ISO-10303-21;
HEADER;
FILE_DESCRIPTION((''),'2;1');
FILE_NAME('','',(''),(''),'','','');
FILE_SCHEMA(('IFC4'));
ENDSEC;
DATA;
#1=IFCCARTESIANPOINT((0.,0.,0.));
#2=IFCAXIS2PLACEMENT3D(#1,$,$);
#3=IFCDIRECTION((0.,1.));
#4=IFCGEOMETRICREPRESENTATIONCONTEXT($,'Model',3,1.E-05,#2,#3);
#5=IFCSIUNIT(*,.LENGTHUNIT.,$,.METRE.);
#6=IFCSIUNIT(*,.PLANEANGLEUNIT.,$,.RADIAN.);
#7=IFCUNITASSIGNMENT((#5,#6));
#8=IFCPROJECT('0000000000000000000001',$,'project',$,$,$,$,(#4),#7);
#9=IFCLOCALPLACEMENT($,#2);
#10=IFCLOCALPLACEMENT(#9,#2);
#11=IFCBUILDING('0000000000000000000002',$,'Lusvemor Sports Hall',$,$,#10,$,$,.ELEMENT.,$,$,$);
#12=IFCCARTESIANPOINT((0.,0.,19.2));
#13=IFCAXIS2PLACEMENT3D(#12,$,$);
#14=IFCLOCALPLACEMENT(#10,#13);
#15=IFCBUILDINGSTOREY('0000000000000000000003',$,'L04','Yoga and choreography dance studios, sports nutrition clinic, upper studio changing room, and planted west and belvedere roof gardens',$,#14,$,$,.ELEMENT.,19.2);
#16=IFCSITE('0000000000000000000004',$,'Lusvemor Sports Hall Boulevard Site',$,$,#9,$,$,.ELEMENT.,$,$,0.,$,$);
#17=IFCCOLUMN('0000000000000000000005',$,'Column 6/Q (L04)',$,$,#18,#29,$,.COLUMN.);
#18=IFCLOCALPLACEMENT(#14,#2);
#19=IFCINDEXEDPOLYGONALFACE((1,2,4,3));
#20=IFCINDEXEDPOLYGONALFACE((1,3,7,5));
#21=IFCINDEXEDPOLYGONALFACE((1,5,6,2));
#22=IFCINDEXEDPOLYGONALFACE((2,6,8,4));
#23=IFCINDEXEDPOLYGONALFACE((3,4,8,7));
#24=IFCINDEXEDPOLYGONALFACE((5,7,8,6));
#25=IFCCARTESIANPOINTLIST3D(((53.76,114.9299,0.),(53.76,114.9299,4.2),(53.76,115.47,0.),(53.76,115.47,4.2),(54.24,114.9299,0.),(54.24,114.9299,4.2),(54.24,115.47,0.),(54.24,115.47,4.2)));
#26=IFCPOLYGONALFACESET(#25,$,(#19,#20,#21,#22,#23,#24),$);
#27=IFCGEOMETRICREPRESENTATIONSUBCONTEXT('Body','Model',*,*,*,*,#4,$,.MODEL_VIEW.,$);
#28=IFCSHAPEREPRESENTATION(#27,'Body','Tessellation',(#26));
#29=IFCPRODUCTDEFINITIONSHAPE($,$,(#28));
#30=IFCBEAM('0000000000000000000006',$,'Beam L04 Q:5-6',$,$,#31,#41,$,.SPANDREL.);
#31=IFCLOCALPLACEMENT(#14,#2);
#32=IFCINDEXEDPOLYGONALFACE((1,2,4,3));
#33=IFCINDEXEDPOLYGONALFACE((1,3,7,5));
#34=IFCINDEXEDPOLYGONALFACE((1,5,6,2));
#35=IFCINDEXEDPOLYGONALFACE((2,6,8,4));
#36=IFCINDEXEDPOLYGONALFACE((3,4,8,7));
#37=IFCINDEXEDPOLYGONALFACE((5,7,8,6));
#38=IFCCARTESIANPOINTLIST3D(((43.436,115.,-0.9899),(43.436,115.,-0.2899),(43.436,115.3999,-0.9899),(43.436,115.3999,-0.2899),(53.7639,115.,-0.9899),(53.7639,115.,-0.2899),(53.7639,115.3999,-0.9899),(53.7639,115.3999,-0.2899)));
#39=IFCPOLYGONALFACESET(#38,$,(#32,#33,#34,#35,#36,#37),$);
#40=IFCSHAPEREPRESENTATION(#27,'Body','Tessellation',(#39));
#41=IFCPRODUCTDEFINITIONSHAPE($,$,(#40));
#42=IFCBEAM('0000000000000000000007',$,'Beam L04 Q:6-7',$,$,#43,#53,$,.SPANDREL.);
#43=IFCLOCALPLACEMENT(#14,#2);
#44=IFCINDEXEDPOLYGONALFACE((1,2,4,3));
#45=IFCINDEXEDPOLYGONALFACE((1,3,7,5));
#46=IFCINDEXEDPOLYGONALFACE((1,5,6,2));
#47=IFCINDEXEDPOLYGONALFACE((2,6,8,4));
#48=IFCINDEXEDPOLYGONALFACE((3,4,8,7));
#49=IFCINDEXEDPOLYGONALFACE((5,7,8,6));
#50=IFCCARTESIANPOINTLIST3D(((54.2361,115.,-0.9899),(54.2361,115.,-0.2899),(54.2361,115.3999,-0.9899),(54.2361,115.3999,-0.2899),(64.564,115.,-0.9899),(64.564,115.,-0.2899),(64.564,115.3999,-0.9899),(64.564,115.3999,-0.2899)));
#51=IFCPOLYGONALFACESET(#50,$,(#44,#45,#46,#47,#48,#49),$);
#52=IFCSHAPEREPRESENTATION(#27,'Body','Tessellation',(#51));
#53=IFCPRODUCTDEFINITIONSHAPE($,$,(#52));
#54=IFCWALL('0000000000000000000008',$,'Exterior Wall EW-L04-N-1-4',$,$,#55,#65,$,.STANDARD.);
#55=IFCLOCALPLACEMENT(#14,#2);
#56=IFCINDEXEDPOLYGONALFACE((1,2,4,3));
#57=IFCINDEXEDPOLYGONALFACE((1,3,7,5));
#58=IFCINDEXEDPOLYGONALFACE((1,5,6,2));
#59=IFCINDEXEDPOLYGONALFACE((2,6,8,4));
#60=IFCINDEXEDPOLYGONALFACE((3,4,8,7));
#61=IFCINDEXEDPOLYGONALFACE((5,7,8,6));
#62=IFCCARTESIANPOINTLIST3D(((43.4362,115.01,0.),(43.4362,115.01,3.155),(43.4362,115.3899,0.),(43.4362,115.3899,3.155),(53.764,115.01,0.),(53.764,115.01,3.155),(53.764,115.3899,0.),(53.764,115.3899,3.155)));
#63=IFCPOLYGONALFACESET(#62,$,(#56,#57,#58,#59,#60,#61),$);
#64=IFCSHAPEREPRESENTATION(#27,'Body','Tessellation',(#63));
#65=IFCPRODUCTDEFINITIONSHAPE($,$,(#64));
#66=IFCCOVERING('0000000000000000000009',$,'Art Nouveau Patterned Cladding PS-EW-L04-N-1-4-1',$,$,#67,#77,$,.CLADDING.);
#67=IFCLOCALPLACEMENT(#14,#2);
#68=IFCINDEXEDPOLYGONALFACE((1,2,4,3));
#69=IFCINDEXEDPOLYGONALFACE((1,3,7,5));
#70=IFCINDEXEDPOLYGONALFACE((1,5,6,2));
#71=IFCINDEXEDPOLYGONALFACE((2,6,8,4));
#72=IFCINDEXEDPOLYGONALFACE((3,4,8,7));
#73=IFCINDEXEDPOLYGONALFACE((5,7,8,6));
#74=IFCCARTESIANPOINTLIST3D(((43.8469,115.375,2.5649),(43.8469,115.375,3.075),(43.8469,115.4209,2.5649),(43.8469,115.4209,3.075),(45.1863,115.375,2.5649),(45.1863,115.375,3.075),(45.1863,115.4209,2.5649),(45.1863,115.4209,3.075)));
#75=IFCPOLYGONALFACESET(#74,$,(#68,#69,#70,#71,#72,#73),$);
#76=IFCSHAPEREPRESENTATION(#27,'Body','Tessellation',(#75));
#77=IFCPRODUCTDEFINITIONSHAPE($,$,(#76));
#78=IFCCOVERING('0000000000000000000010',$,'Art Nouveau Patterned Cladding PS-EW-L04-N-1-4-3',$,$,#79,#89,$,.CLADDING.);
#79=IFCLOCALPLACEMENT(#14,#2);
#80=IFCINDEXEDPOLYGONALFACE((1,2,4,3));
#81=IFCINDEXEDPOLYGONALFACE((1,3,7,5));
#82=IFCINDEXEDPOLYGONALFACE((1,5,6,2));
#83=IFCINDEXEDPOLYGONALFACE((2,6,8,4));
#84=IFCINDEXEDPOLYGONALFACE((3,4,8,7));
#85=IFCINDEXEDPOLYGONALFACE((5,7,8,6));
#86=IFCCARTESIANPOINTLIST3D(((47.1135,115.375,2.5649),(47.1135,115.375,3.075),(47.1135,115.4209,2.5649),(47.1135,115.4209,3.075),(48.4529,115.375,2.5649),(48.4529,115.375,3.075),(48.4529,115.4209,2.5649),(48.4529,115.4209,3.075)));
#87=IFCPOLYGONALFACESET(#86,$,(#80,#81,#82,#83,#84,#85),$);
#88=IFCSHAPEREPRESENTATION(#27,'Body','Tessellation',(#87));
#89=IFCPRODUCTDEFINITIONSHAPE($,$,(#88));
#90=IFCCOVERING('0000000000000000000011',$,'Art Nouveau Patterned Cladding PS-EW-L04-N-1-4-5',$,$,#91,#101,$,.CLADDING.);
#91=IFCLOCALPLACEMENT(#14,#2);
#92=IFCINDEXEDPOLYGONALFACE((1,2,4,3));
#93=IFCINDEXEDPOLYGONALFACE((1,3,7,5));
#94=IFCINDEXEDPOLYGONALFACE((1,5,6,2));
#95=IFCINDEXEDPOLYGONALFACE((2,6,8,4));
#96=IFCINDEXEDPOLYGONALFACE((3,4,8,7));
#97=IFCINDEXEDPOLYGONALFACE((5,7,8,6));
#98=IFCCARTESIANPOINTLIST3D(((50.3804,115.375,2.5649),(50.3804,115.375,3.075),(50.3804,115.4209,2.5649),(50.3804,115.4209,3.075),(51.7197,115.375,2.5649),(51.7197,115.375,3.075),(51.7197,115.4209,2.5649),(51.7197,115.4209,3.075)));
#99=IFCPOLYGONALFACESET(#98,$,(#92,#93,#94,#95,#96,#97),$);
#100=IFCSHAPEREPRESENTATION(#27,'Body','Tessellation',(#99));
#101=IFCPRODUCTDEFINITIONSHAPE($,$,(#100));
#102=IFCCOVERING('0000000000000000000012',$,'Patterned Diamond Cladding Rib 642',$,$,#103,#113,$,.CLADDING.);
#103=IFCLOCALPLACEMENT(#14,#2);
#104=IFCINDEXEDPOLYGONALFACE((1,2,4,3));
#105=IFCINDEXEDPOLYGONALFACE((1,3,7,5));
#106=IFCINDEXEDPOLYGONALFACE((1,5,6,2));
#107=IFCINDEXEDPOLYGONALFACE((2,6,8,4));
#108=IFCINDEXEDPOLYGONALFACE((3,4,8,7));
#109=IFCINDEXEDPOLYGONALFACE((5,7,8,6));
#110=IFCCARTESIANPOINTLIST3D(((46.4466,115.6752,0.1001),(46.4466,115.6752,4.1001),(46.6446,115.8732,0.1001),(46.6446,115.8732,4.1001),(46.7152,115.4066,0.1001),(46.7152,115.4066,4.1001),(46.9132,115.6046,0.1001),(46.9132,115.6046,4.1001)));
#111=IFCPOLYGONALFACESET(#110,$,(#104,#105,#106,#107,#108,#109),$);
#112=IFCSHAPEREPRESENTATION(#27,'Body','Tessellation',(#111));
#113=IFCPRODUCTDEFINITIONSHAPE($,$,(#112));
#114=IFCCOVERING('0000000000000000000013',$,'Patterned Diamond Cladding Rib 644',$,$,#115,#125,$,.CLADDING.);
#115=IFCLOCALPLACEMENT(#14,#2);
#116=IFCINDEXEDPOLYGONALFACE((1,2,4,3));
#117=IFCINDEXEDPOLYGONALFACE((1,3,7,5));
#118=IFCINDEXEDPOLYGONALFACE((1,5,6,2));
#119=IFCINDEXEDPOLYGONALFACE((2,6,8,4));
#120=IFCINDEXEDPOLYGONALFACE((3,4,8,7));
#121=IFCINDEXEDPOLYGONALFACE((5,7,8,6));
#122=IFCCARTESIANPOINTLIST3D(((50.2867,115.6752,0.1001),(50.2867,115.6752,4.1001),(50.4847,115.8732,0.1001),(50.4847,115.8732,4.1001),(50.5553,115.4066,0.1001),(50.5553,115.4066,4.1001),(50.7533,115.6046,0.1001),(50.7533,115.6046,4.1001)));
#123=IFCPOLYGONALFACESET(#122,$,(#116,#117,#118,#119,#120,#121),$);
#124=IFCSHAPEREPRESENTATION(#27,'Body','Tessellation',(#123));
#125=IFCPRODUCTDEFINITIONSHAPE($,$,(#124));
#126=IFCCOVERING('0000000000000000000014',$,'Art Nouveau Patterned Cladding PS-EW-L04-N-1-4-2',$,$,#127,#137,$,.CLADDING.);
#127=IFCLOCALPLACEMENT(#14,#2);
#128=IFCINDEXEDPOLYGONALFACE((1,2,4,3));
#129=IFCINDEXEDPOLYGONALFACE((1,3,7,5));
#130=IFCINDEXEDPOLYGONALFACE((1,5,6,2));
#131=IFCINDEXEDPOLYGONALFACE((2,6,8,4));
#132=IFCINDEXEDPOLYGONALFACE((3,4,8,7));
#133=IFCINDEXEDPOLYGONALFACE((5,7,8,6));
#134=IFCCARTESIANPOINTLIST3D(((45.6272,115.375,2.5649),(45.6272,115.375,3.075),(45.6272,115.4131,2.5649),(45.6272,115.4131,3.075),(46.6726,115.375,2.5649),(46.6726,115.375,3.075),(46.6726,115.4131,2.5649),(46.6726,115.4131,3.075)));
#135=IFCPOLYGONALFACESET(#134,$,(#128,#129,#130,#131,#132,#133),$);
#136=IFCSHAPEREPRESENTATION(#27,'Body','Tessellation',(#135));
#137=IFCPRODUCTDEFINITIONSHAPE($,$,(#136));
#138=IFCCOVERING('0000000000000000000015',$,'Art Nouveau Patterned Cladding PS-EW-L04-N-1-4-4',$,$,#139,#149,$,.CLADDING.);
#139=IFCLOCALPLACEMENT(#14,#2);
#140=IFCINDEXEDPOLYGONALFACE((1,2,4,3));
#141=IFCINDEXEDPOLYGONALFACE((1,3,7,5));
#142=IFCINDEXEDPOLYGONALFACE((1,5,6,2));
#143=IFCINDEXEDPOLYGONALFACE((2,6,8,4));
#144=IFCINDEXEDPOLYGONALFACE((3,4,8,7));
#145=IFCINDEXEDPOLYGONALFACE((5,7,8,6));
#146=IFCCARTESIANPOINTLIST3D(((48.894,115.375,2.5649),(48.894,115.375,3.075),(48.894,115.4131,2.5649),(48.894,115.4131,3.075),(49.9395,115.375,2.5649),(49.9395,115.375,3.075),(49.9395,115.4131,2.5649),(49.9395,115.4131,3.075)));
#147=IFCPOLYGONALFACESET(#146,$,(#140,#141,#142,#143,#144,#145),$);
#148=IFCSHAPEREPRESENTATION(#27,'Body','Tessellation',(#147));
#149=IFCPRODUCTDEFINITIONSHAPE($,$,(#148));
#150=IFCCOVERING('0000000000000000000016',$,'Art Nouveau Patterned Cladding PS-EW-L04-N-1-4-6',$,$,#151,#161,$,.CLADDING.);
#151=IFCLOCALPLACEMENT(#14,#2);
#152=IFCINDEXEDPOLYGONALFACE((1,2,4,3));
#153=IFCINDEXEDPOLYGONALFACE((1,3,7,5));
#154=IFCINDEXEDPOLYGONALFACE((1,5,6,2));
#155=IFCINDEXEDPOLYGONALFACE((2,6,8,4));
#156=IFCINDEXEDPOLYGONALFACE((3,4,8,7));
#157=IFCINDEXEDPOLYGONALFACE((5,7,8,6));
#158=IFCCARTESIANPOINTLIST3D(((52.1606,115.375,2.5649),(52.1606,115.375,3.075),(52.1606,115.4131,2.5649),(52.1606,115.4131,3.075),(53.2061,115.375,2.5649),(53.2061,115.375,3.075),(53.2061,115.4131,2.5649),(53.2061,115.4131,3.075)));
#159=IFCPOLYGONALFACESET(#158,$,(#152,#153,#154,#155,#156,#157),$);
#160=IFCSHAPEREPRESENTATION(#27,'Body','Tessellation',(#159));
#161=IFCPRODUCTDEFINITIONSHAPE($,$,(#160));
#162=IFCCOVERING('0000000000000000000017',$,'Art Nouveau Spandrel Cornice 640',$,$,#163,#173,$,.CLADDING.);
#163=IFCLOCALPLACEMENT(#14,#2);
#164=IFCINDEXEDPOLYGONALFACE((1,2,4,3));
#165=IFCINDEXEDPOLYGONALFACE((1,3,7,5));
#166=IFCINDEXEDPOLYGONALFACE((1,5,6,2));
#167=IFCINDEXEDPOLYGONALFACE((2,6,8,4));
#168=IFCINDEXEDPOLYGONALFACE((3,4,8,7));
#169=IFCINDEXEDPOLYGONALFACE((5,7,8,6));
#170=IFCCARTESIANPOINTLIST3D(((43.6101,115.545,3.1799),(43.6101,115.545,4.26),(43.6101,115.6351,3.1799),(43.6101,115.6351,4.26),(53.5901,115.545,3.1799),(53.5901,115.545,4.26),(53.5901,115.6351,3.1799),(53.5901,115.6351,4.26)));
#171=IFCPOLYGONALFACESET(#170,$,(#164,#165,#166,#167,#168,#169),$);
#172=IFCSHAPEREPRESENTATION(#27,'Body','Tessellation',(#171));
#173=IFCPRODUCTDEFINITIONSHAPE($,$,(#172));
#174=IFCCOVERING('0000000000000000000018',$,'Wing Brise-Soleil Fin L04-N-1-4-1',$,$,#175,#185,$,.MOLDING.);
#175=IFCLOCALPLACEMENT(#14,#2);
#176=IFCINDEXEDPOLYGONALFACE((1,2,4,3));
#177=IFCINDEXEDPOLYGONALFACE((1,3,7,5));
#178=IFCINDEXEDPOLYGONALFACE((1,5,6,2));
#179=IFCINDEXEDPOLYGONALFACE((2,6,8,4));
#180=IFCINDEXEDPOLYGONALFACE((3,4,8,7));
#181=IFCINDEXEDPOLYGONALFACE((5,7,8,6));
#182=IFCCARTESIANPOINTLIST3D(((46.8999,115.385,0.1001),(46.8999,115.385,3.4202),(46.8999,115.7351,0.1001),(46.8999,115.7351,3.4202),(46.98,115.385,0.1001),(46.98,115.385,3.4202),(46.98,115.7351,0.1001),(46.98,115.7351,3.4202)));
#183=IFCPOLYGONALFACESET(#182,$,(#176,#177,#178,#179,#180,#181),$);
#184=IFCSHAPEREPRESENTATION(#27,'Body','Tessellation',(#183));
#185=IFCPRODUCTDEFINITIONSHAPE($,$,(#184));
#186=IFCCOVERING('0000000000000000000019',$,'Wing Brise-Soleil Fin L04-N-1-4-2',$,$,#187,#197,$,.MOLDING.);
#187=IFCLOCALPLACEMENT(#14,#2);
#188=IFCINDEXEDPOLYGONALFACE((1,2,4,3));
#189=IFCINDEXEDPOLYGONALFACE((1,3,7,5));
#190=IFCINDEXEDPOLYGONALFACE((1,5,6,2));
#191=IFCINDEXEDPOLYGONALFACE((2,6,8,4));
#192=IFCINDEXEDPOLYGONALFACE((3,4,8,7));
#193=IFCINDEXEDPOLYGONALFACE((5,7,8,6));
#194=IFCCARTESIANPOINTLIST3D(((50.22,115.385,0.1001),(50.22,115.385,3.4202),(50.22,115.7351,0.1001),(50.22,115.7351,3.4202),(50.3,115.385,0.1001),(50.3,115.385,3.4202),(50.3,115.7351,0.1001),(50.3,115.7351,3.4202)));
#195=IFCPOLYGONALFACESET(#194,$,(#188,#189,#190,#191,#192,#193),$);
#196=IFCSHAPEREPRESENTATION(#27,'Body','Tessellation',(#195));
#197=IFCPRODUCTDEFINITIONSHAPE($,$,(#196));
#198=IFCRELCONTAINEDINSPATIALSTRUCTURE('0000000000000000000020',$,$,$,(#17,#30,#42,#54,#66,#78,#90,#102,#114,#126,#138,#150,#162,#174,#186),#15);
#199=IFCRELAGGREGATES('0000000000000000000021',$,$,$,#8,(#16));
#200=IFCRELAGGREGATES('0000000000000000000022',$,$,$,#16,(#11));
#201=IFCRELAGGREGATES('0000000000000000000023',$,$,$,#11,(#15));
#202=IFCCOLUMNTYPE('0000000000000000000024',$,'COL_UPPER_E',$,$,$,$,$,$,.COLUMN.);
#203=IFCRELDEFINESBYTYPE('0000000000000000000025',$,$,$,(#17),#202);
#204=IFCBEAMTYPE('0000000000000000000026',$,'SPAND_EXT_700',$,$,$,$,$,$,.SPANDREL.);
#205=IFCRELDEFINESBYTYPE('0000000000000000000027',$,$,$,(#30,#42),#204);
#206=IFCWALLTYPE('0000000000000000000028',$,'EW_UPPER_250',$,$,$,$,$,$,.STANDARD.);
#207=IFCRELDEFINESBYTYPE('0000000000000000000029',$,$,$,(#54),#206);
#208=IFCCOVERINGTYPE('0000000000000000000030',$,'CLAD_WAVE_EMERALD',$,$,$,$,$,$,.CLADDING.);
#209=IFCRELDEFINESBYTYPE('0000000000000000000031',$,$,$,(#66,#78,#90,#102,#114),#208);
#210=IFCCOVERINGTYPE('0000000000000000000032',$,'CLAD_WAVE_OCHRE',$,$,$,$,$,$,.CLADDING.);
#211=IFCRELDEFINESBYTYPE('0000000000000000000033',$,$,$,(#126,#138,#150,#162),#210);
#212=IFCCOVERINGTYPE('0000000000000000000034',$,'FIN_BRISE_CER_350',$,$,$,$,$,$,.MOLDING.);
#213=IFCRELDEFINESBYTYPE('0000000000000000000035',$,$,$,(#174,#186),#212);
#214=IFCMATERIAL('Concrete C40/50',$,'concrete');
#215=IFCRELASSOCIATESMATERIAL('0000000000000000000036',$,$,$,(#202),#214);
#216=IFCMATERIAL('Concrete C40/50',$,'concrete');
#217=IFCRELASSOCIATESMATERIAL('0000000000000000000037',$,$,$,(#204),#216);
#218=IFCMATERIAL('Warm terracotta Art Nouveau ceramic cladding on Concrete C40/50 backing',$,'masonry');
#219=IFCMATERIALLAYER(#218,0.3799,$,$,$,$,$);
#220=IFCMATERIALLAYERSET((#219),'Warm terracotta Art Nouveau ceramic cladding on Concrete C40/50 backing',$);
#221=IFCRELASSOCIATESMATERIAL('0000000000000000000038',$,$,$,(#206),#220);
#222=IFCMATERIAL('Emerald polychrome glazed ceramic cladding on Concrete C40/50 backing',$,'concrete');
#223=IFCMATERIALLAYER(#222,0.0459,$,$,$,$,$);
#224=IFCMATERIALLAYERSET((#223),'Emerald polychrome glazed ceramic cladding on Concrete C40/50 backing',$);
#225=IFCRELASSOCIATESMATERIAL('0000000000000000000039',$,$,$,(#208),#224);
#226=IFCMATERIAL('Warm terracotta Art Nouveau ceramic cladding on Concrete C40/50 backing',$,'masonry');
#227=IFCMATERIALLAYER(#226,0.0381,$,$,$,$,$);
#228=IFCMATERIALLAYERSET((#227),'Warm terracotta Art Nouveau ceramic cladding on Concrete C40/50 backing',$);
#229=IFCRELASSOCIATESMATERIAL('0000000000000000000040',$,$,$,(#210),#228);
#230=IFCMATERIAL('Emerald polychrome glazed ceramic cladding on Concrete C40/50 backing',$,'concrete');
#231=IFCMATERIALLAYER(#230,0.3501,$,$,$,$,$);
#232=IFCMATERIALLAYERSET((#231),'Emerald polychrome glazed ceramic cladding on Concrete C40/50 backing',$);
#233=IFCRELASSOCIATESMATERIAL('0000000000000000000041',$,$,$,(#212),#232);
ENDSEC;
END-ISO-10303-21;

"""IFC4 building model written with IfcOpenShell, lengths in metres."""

from ifc_helpers import new_model, si_unit, direction, frame, frame_2d, origin, origin_2d, place, context, subcontext, project, spatial, rectangle, extrude, material, layer, layer_set, material_profile, profile_set, type_object, element, save


model = new_model("IFC4")

# Units and contexts
model_context = context("Model", 3, precision=1e-05, world=origin(), true_north=direction((0.0, 1.0)))
body_context = subcontext(model_context, "Body", "Model", "MODEL_VIEW")
ifc_project = project(units=[si_unit("LENGTHUNIT", "METRE"), si_unit("PLANEANGLEUNIT", "RADIAN")], contexts=[model_context])

# Site, building, storey
site_placement = place(None, origin())
site = spatial("IfcSite", under=ifc_project, at=site_placement, Name="Lusvemor Sports Hall Boulevard Site", CompositionType="ELEMENT", RefElevation=0.0)
building_placement = place(site_placement, origin())
building = spatial("IfcBuilding", under=site, at=building_placement, Name="Lusvemor Sports Hall", CompositionType="ELEMENT")
storey_placement = place(building_placement, frame((0.0, 0.0, 19.2)))
storey = spatial("IfcBuildingStorey", under=building, at=storey_placement, Name="L04", Description="Yoga and choreography dance studios, sports nutrition clinic, upper studio changing room, and planted west and belvedere roof gardens", CompositionType="ELEMENT", Elevation=19.2)

# Column
ifc_material_1 = material(Name="Concrete C40/50", Category="concrete")
ifc_material_profile_1 = material_profile(ifc_material_1, rectangle(XDim=0.48, YDim=0.54, at=origin_2d()), Name="RC480x540")
ifc_profile_set_1 = profile_set([ifc_material_profile_1], Name="Concrete C40/50")
column_type = type_object("IfcColumnType", Name="COL_UPPER_E", PredefinedType="COLUMN", material=ifc_profile_set_1)
column_placement = place(storey_placement, frame((54.0, 115.2, 0.0), z_axis=(0.0, 0.0, 1.0), x_axis=(1.0, 0.0, 0.0)))
element("IfcColumn", 1, at=column_placement, inside=storey, type_object=column_type, Name="Column 6/Q (L04)", PredefinedType="COLUMN", context=body_context, shape_type="SweptSolid", body=[
    extrude(rectangle(XDim=0.48, YDim=0.54, at=origin_2d()), origin(), (0.0, 0.0, 1.0), 4.2),
])

# Beams
ifc_material_2 = material(Name="Concrete C40/50", Category="concrete")
ifc_material_profile_2 = material_profile(ifc_material_2, rectangle(XDim=0.3999, YDim=0.7, at=origin_2d()), Name="RC400x700")
ifc_profile_set_2 = profile_set([ifc_material_profile_2], Name="Concrete C40/50")
beam_type = type_object("IfcBeamType", Name="SPAND_EXT_700", PredefinedType="SPANDREL", material=ifc_profile_set_2)
for number, where, z_axis, x_axis, name in (
    (2, (43.436, 115.2, -0.6399), (1.0, 0.0, 0.0), (0.0, 1.0, 0.0), "Beam L04 Q:5-6"),
    (3, (54.2361, 115.2, -0.6399), (1.0, 0.0, 0.0), (0.0, 1.0, 0.0), "Beam L04 Q:6-7"),
):
    element("IfcBeam", number, at=place(storey_placement, frame(where, z_axis=z_axis, x_axis=x_axis)), inside=storey, type_object=beam_type, Name=name, PredefinedType="SPANDREL", context=body_context, shape_type="SweptSolid", body=[
        extrude(rectangle(XDim=0.3999, YDim=0.7, at=origin_2d()), origin(), (0.0, 0.0, 1.0), 10.3279),
    ])

# Wall
ifc_material_3 = material(Name="Warm terracotta Art Nouveau ceramic cladding on Concrete C40/50 backing", Category="masonry")
ifc_layer_1 = layer(ifc_material_3, 0.3799)
ifc_layer_set_1 = layer_set([ifc_layer_1], Name="Warm terracotta Art Nouveau ceramic cladding on Concrete C40/50 backing")
wall_type = type_object("IfcWallType", Name="EW_UPPER_250", PredefinedType="STANDARD", material=ifc_layer_set_1)
wall_placement = place(storey_placement, frame((43.436, 115.2, 0.0), z_axis=(0.0, 0.0, 1.0), x_axis=(1.0, 0.0, 0.0)))
element("IfcWall", 4, at=wall_placement, inside=storey, type_object=wall_type, Name="Exterior Wall EW-L04-N-1-4", PredefinedType="STANDARD", context=body_context, shape_type="SweptSolid", body=[
    extrude(rectangle(XDim=10.3279, YDim=0.3799, at=frame_2d((5.1641, 0.0))), origin(), (0.0, 0.0, 1.0), 3.155),
])

# Coverings
ifc_material_4 = material(Name="Emerald polychrome glazed ceramic cladding on Concrete C40/50 backing", Category="concrete")
ifc_layer_2 = layer(ifc_material_4, 0.0459)
ifc_layer_set_2 = layer_set([ifc_layer_2], Name="Emerald polychrome glazed ceramic cladding on Concrete C40/50 backing")
covering_type_1 = type_object("IfcCoveringType", Name="CLAD_WAVE_EMERALD", PredefinedType="CLADDING", material=ifc_layer_set_2)
for number, where, z_axis, x_axis, name in (
    (5, (44.5166, 115.3979, 2.5649), (0.0, 0.0, 1.0), (1.0, 0.0, 0.0), "Art Nouveau Patterned Cladding PS-EW-L04-N-1-4-1"),
    (6, (47.7832, 115.3979, 2.5649), (0.0, 0.0, 1.0), (1.0, 0.0, 0.0), "Art Nouveau Patterned Cladding PS-EW-L04-N-1-4-3"),
    (7, (51.05, 115.3979, 2.5649), (0.0, 0.0, 1.0), (1.0, 0.0, 0.0), "Art Nouveau Patterned Cladding PS-EW-L04-N-1-4-5"),
):
    element("IfcCovering", number, at=place(storey_placement, frame(where, z_axis=z_axis, x_axis=x_axis)), inside=storey, type_object=covering_type_1, Name=name, PredefinedType="CLADDING", context=body_context, shape_type="SweptSolid", body=[
        extrude(rectangle(XDim=1.3394, YDim=0.0459, at=origin_2d()), origin(), (0.0, 0.0, 1.0), 0.51),
    ])
for number, where, z_axis, x_axis, name in (
    (8, (46.6799, 115.6399, 0.1001), (0.0, 0.0, 1.0), (0.707107, 0.707107, 0.0), "Patterned Diamond Cladding Rib 642"),
    (9, (50.52, 115.6399, 0.1001), (0.0, 0.0, 1.0), (0.707107, 0.707107, 0.0), "Patterned Diamond Cladding Rib 644"),
):
    element("IfcCovering", number, at=place(storey_placement, frame(where, z_axis=z_axis, x_axis=x_axis)), inside=storey, type_object=covering_type_1, Name=name, PredefinedType="CLADDING", context=body_context, shape_type="SweptSolid", body=[
        extrude(rectangle(XDim=0.28, YDim=0.3799, at=origin_2d()), origin(), (0.0, 0.0, 1.0), 4.0),
    ])
ifc_material_5 = material(Name="Warm terracotta Art Nouveau ceramic cladding on Concrete C40/50 backing", Category="masonry")
ifc_layer_3 = layer(ifc_material_5, 0.0381)
ifc_layer_set_3 = layer_set([ifc_layer_3], Name="Warm terracotta Art Nouveau ceramic cladding on Concrete C40/50 backing")
covering_type_2 = type_object("IfcCoveringType", Name="CLAD_WAVE_OCHRE", PredefinedType="CLADDING", material=ifc_layer_set_3)
for number, where, z_axis, x_axis, name in (
    (10, (46.1499, 115.394, 2.5649), (0.0, 0.0, 1.0), (1.0, 0.0, 0.0), "Art Nouveau Patterned Cladding PS-EW-L04-N-1-4-2"),
    (11, (49.4167, 115.394, 2.5649), (0.0, 0.0, 1.0), (1.0, 0.0, 0.0), "Art Nouveau Patterned Cladding PS-EW-L04-N-1-4-4"),
    (12, (52.6833, 115.394, 2.5649), (0.0, 0.0, 1.0), (1.0, 0.0, 0.0), "Art Nouveau Patterned Cladding PS-EW-L04-N-1-4-6"),
):
    element("IfcCovering", number, at=place(storey_placement, frame(where, z_axis=z_axis, x_axis=x_axis)), inside=storey, type_object=covering_type_2, Name=name, PredefinedType="CLADDING", context=body_context, shape_type="SweptSolid", body=[
        extrude(rectangle(XDim=1.0454, YDim=0.0381, at=origin_2d()), origin(), (0.0, 0.0, 1.0), 0.51),
    ])
covering_placement = place(storey_placement, frame((48.6001, 115.5901, 3.1799), z_axis=(0.0, 0.0, 1.0), x_axis=(1.0, 0.0, 0.0)))
element("IfcCovering", 13, at=covering_placement, inside=storey, type_object=covering_type_2, Name="Art Nouveau Spandrel Cornice 640", PredefinedType="CLADDING", context=body_context, shape_type="SweptSolid", body=[
    extrude(rectangle(XDim=9.98, YDim=0.0901, at=origin_2d()), origin(), (0.0, 0.0, 1.0), 1.0801),
])
ifc_material_6 = material(Name="Emerald polychrome glazed ceramic cladding on Concrete C40/50 backing", Category="concrete")
ifc_layer_4 = layer(ifc_material_6, 0.3501)
ifc_layer_set_4 = layer_set([ifc_layer_4], Name="Emerald polychrome glazed ceramic cladding on Concrete C40/50 backing")
covering_type_3 = type_object("IfcCoveringType", Name="FIN_BRISE_CER_350", PredefinedType="MOLDING", material=ifc_layer_set_4)
for number, where, z_axis, x_axis, name in (
    (14, (46.9399, 115.5601, 0.1001), (0.0, 0.0, 1.0), (1.0, 0.0, 0.0), "Wing Brise-Soleil Fin L04-N-1-4-1"),
    (15, (50.26, 115.5601, 0.1001), (0.0, 0.0, 1.0), (1.0, 0.0, 0.0), "Wing Brise-Soleil Fin L04-N-1-4-2"),
):
    element("IfcCovering", number, at=place(storey_placement, frame(where, z_axis=z_axis, x_axis=x_axis)), inside=storey, type_object=covering_type_3, Name=name, PredefinedType="MOLDING", context=body_context, shape_type="SweptSolid", body=[
        extrude(rectangle(XDim=0.0801, YDim=0.3501, at=origin_2d()), origin(), (0.0, 0.0, 1.0), 3.3201),
    ])

save(model, "model.ifc")
